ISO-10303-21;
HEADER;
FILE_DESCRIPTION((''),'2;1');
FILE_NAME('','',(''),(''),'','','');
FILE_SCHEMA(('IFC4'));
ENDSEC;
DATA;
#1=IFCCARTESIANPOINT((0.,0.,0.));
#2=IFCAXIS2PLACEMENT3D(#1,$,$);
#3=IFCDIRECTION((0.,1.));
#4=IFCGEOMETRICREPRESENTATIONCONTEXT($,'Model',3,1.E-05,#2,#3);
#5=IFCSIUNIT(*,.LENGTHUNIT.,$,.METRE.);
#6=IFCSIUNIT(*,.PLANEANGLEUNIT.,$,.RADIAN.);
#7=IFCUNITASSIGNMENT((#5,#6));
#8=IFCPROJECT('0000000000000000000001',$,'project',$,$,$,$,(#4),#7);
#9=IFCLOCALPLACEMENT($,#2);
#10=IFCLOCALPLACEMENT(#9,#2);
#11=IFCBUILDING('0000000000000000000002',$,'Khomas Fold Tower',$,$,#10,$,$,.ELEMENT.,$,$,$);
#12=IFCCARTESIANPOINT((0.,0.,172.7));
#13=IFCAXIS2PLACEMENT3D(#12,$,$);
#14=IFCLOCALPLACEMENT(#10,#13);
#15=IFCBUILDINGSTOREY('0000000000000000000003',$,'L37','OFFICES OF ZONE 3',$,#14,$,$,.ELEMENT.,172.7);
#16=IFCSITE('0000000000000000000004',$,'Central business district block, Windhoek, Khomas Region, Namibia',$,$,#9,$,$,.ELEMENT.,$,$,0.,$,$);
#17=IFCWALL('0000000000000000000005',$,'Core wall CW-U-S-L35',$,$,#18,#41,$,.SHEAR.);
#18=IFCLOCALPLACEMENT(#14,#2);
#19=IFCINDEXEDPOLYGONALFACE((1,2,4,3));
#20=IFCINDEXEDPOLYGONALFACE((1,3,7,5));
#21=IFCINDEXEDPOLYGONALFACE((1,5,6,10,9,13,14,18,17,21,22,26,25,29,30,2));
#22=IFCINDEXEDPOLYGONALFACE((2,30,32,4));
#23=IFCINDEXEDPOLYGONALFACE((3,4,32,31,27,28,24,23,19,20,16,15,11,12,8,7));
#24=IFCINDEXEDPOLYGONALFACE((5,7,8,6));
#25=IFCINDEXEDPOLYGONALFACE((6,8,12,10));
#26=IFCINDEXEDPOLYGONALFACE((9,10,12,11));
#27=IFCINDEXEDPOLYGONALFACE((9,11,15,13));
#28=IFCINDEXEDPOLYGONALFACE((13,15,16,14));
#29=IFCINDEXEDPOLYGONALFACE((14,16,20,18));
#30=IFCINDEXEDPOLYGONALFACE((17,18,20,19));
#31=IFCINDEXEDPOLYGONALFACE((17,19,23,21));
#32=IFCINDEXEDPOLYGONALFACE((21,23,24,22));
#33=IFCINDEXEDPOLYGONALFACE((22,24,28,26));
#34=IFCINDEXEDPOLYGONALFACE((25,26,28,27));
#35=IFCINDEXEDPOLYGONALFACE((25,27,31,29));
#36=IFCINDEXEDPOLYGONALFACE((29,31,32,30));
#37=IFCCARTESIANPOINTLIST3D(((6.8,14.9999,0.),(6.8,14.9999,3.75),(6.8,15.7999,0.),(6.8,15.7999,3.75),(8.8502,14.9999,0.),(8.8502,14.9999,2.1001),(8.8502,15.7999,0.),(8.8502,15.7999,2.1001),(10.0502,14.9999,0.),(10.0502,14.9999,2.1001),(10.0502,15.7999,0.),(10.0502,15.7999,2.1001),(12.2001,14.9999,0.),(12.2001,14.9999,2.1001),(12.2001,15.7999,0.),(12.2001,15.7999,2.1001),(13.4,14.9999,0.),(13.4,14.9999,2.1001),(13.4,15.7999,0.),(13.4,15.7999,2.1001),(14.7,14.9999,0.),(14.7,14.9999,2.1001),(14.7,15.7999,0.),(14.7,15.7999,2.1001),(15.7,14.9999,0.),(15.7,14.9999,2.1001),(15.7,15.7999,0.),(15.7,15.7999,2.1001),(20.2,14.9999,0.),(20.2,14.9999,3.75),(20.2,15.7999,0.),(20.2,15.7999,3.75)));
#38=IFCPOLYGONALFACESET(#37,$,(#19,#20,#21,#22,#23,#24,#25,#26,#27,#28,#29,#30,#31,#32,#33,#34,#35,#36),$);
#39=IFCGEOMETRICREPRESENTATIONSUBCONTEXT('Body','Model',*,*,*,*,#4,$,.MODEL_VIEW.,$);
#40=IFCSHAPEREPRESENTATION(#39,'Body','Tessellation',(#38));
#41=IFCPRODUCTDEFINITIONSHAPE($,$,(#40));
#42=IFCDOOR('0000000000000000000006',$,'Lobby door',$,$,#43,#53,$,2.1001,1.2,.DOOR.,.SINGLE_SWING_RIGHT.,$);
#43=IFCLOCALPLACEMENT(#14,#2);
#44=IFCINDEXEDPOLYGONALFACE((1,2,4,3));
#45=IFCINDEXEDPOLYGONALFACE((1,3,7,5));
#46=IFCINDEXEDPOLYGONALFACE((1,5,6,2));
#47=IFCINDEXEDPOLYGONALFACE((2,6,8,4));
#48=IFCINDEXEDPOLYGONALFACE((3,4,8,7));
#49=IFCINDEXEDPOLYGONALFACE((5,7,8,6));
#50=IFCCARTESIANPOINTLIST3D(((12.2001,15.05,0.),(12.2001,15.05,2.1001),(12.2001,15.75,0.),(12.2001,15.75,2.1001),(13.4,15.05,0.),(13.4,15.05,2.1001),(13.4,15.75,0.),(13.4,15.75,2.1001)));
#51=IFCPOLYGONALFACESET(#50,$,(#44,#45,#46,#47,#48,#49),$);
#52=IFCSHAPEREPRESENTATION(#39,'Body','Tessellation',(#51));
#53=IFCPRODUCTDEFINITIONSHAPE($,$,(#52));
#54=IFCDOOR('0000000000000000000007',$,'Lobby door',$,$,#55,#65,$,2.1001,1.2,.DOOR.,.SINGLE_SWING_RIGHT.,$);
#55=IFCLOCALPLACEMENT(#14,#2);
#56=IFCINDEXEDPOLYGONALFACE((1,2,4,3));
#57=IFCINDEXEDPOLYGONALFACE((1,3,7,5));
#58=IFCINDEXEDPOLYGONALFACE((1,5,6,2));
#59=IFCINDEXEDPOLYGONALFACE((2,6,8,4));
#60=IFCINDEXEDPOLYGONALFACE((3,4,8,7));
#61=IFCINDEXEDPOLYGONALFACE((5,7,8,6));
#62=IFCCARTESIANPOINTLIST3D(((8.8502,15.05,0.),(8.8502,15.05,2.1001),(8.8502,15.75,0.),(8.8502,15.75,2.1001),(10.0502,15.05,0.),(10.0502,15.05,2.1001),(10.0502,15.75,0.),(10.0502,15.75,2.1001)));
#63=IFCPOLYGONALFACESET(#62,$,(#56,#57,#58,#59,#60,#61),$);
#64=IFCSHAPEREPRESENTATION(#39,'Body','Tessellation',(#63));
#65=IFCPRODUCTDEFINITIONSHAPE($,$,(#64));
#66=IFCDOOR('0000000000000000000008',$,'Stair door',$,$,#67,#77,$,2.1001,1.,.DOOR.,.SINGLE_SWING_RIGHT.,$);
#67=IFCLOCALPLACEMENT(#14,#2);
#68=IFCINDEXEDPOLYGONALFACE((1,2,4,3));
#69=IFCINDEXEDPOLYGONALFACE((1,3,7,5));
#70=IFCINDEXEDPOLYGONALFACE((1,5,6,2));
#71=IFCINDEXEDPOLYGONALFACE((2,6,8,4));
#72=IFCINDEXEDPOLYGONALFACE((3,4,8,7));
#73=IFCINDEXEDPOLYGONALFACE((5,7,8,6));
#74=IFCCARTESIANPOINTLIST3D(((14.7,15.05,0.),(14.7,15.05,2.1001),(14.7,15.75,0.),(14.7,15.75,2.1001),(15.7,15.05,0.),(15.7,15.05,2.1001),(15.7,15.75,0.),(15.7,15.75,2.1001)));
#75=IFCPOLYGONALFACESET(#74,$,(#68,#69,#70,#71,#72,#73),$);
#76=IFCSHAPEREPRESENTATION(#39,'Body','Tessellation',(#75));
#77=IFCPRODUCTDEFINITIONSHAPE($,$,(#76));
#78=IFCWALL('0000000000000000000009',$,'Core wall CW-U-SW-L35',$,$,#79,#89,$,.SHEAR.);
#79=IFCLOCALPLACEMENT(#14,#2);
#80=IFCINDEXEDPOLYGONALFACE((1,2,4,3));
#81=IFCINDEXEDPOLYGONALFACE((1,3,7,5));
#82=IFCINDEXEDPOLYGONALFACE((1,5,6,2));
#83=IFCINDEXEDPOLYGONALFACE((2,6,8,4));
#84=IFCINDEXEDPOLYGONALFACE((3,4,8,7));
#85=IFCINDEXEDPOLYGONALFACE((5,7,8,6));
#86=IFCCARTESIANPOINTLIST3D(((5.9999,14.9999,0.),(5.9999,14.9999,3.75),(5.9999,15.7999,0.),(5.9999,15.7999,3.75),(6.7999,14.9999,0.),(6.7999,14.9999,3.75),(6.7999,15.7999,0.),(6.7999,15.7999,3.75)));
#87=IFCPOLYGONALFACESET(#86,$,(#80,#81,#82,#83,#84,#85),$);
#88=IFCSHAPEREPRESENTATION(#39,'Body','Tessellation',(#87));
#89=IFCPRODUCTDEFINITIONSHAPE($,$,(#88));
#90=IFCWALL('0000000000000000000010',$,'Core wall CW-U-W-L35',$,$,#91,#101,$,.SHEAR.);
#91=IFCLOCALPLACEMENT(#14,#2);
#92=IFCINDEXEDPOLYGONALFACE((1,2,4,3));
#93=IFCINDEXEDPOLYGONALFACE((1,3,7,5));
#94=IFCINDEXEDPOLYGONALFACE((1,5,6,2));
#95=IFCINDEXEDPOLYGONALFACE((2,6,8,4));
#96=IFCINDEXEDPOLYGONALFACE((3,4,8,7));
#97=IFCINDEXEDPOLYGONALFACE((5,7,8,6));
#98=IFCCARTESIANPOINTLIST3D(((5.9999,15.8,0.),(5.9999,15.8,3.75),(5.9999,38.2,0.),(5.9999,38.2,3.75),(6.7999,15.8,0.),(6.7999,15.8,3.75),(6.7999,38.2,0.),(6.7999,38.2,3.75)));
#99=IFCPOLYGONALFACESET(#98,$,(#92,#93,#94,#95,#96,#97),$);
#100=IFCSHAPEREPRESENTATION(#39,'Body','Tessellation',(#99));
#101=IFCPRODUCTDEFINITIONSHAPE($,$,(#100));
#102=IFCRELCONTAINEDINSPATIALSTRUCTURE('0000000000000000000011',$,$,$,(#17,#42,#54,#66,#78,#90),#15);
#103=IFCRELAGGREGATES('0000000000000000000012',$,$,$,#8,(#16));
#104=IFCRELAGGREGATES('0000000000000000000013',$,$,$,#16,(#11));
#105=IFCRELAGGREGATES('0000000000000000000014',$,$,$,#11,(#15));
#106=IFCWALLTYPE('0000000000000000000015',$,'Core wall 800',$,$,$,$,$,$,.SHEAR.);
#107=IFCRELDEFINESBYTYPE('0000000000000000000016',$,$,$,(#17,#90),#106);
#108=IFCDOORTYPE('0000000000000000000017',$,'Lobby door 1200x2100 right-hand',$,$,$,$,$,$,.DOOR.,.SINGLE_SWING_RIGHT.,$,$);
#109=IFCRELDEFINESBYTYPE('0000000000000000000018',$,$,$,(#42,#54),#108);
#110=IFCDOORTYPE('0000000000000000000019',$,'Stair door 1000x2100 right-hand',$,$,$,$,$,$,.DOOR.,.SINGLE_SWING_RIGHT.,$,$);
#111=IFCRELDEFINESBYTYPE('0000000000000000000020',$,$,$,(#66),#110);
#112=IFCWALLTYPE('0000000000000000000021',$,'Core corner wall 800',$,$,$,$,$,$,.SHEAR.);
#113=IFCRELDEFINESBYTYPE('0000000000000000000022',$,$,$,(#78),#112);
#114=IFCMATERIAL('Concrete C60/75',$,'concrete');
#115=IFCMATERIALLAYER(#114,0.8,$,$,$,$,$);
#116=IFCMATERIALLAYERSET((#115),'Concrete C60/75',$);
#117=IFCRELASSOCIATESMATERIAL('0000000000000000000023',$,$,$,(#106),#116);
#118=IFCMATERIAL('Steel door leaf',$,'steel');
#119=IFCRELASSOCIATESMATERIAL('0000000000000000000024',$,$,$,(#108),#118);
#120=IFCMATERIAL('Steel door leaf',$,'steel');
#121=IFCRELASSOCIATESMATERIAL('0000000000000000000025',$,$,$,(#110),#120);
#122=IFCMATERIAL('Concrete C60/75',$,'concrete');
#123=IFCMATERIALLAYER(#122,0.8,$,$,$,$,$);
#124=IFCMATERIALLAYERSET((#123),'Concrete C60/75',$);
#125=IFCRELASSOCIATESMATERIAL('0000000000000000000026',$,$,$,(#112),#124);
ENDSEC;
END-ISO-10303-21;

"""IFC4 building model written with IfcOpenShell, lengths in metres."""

from ifc_helpers import new_model, si_unit, direction, frame, frame_2d, origin, place, context, subcontext, project, spatial, rectangle, extrude, source, transform, mapped, material, layer, layer_set, type_object, element, fill, save


model = new_model("IFC4")

# Units and contexts
model_context = context("Model", 3, precision=1e-05, world=origin(), true_north=direction((0.0, 1.0)))
body_context = subcontext(model_context, "Body", "Model", "MODEL_VIEW")
ifc_project = project(units=[si_unit("LENGTHUNIT", "METRE"), si_unit("PLANEANGLEUNIT", "RADIAN")], contexts=[model_context])

# Site, building, storey
site_placement = place(None, origin())
site = spatial("IfcSite", under=ifc_project, at=site_placement, Name="Central business district block, Windhoek, Khomas Region, Namibia", CompositionType="ELEMENT", RefElevation=0.0)
building_placement = place(site_placement, origin())
building = spatial("IfcBuilding", under=site, at=building_placement, Name="Khomas Fold Tower", CompositionType="ELEMENT")
storey_placement = place(building_placement, frame((0.0, 0.0, 172.7)))
storey = spatial("IfcBuildingStorey", under=building, at=storey_placement, Name="L37", Description="OFFICES OF ZONE 3", CompositionType="ELEMENT", Elevation=172.7)

# Wall, openings, doors
ifc_material_1 = material(Name="Concrete C60/75", Category="concrete")
ifc_layer_1 = layer(ifc_material_1, 0.8)
ifc_layer_set_1 = layer_set([ifc_layer_1], Name="Concrete C60/75")
wall_type_1 = type_object("IfcWallType", Name="Core wall 800", PredefinedType="SHEAR", material=ifc_layer_set_1)
shared_shape_1 = source(origin(), body_context, "Body", "SweptSolid", [
    extrude(rectangle(XDim=13.3999, YDim=0.8, at=frame_2d((6.7, 0.0))), origin(), (0.0, 0.0, 1.0), 3.75),
])
wall_1_placement = place(storey_placement, frame((6.8, 15.3999, 0.0), z_axis=(0.0, 0.0, 1.0), x_axis=(1.0, 0.0, 0.0)))
wall_1 = element("IfcWall", 1, at=wall_1_placement, inside=storey, type_object=wall_type_1, Name="Core wall CW-U-S-L35", PredefinedType="SHEAR", context=body_context, shape_type="MappedRepresentation", body=[
    mapped(shared_shape_1, transform((0.0, 0.0, 0.0))),
])
shared_shape_2 = source(origin(), body_context, "Body", "SweptSolid", [
    extrude(rectangle(XDim=1.2, YDim=2.1001, at=frame_2d((0.6001, 1.05))), frame((0.0, 0.4099, 0.0), z_axis=(0.0, -1.0, 0.0), x_axis=(1.0, 0.0, 0.0)), (0.0, 0.0, 1.0), 0.8201),
])
opening_1_placement = place(wall_1_placement, frame((5.3999, 0.0, 0.0)))
opening_1 = element("IfcOpeningElement", 2, at=opening_1_placement, cuts=wall_1, PredefinedType="OPENING", context=body_context, shape_type="MappedRepresentation", body=[
    mapped(shared_shape_2, transform((0.0, 0.0, 0.0))),
])
opening_2_placement = place(wall_1_placement, frame((2.05, 0.0, 0.0)))
opening_2 = element("IfcOpeningElement", 3, at=opening_2_placement, cuts=wall_1, PredefinedType="OPENING", context=body_context, shape_type="MappedRepresentation", body=[
    mapped(shared_shape_2, transform((0.0, 0.0, 0.0))),
])
shared_shape_3 = source(origin(), body_context, "Body", "SweptSolid", [
    extrude(rectangle(XDim=1.0, YDim=2.1001, at=frame_2d((0.5, 1.05))), frame((0.0, 0.4099, 0.0), z_axis=(0.0, -1.0, 0.0), x_axis=(1.0, 0.0, 0.0)), (0.0, 0.0, 1.0), 0.8201),
])
opening_3_placement = place(wall_1_placement, frame((7.8999, 0.0, 0.0)))
opening_3 = element("IfcOpeningElement", 4, at=opening_3_placement, cuts=wall_1, PredefinedType="OPENING", context=body_context, shape_type="MappedRepresentation", body=[
    mapped(shared_shape_3, transform((0.0, 0.0, 0.0))),
])
ifc_material_2 = material(Name="Steel door leaf", Category="steel")
door_type_1 = type_object("IfcDoorType", Name="Lobby door 1200x2100 right-hand", OperationType="SINGLE_SWING_RIGHT", PredefinedType="DOOR", material=ifc_material_2)
shared_shape_4 = source(origin(), body_context, "Body", "SweptSolid", [
    extrude(rectangle(XDim=1.2, YDim=2.1001, at=frame_2d((0.6001, 1.05))), frame((0.0, 0.3501, 0.0), z_axis=(0.0, -1.0, 0.0), x_axis=(1.0, 0.0, 0.0)), (0.0, 0.0, 1.0), 0.7),
])
door_1_placement = place(opening_1_placement, origin())
door_1 = element("IfcDoor", 5, at=door_1_placement, inside=storey, type_object=door_type_1, Name="Lobby door", OperationType="SINGLE_SWING_RIGHT", OverallHeight=2.1001, OverallWidth=1.2, PredefinedType="DOOR", context=body_context, shape_type="MappedRepresentation", body=[
    mapped(shared_shape_4, transform((0.0, 0.0, 0.0))),
])
fill(opening_1, door_1)
door_2_placement = place(opening_2_placement, origin())
door_2 = element("IfcDoor", 6, at=door_2_placement, inside=storey, type_object=door_type_1, Name="Lobby door", OperationType="SINGLE_SWING_RIGHT", OverallHeight=2.1001, OverallWidth=1.2, PredefinedType="DOOR", context=body_context, shape_type="MappedRepresentation", body=[
    mapped(shared_shape_4, transform((0.0, 0.0, 0.0))),
])
fill(opening_2, door_2)
ifc_material_3 = material(Name="Steel door leaf", Category="steel")
door_type_2 = type_object("IfcDoorType", Name="Stair door 1000x2100 right-hand", OperationType="SINGLE_SWING_RIGHT", PredefinedType="DOOR", material=ifc_material_3)
shared_shape_5 = source(origin(), body_context, "Body", "SweptSolid", [
    extrude(rectangle(XDim=1.0, YDim=2.1001, at=frame_2d((0.5, 1.05))), frame((0.0, 0.3501, 0.0), z_axis=(0.0, -1.0, 0.0), x_axis=(1.0, 0.0, 0.0)), (0.0, 0.0, 1.0), 0.7),
])
door_3_placement = place(opening_3_placement, origin())
door_3 = element("IfcDoor", 7, at=door_3_placement, inside=storey, type_object=door_type_2, Name="Stair door", OperationType="SINGLE_SWING_RIGHT", OverallHeight=2.1001, OverallWidth=1.0, PredefinedType="DOOR", context=body_context, shape_type="MappedRepresentation", body=[
    mapped(shared_shape_5, transform((0.0, 0.0, 0.0))),
])
fill(opening_3, door_3)

# Walls
ifc_material_4 = material(Name="Concrete C60/75", Category="concrete")
ifc_layer_2 = layer(ifc_material_4, 0.8)
ifc_layer_set_2 = layer_set([ifc_layer_2], Name="Concrete C60/75")
wall_type_2 = type_object("IfcWallType", Name="Core corner wall 800", PredefinedType="SHEAR", material=ifc_layer_set_2)
shared_shape_6 = source(origin(), body_context, "Body", "SweptSolid", [
    extrude(rectangle(XDim=0.8, YDim=0.8, at=frame_2d((0.3999, 0.0))), origin(), (0.0, 0.0, 1.0), 3.75),
])
wall_2_placement = place(storey_placement, frame((6.0, 15.3999, 0.0), z_axis=(0.0, 0.0, 1.0), x_axis=(1.0, 0.0, 0.0)))
element("IfcWall", 8, at=wall_2_placement, inside=storey, type_object=wall_type_2, Name="Core wall CW-U-SW-L35", PredefinedType="SHEAR", context=body_context, shape_type="MappedRepresentation", body=[
    mapped(shared_shape_6, transform((0.0, 0.0, 0.0))),
])
shared_shape_7 = source(origin(), body_context, "Body", "SweptSolid", [
    extrude(rectangle(XDim=22.3999, YDim=0.8, at=frame_2d((11.2, 0.0))), origin(), (0.0, 0.0, 1.0), 3.75),
])
wall_3_placement = place(storey_placement, frame((6.3999, 15.8, 0.0), z_axis=(0.0, 0.0, 1.0), x_axis=(0.0, 1.0, 0.0)))
element("IfcWall", 9, at=wall_3_placement, inside=storey, type_object=wall_type_1, Name="Core wall CW-U-W-L35", PredefinedType="SHEAR", context=body_context, shape_type="MappedRepresentation", body=[
    mapped(shared_shape_7, transform((0.0, 0.0, 0.0))),
])

save(model, "model.ifc")
